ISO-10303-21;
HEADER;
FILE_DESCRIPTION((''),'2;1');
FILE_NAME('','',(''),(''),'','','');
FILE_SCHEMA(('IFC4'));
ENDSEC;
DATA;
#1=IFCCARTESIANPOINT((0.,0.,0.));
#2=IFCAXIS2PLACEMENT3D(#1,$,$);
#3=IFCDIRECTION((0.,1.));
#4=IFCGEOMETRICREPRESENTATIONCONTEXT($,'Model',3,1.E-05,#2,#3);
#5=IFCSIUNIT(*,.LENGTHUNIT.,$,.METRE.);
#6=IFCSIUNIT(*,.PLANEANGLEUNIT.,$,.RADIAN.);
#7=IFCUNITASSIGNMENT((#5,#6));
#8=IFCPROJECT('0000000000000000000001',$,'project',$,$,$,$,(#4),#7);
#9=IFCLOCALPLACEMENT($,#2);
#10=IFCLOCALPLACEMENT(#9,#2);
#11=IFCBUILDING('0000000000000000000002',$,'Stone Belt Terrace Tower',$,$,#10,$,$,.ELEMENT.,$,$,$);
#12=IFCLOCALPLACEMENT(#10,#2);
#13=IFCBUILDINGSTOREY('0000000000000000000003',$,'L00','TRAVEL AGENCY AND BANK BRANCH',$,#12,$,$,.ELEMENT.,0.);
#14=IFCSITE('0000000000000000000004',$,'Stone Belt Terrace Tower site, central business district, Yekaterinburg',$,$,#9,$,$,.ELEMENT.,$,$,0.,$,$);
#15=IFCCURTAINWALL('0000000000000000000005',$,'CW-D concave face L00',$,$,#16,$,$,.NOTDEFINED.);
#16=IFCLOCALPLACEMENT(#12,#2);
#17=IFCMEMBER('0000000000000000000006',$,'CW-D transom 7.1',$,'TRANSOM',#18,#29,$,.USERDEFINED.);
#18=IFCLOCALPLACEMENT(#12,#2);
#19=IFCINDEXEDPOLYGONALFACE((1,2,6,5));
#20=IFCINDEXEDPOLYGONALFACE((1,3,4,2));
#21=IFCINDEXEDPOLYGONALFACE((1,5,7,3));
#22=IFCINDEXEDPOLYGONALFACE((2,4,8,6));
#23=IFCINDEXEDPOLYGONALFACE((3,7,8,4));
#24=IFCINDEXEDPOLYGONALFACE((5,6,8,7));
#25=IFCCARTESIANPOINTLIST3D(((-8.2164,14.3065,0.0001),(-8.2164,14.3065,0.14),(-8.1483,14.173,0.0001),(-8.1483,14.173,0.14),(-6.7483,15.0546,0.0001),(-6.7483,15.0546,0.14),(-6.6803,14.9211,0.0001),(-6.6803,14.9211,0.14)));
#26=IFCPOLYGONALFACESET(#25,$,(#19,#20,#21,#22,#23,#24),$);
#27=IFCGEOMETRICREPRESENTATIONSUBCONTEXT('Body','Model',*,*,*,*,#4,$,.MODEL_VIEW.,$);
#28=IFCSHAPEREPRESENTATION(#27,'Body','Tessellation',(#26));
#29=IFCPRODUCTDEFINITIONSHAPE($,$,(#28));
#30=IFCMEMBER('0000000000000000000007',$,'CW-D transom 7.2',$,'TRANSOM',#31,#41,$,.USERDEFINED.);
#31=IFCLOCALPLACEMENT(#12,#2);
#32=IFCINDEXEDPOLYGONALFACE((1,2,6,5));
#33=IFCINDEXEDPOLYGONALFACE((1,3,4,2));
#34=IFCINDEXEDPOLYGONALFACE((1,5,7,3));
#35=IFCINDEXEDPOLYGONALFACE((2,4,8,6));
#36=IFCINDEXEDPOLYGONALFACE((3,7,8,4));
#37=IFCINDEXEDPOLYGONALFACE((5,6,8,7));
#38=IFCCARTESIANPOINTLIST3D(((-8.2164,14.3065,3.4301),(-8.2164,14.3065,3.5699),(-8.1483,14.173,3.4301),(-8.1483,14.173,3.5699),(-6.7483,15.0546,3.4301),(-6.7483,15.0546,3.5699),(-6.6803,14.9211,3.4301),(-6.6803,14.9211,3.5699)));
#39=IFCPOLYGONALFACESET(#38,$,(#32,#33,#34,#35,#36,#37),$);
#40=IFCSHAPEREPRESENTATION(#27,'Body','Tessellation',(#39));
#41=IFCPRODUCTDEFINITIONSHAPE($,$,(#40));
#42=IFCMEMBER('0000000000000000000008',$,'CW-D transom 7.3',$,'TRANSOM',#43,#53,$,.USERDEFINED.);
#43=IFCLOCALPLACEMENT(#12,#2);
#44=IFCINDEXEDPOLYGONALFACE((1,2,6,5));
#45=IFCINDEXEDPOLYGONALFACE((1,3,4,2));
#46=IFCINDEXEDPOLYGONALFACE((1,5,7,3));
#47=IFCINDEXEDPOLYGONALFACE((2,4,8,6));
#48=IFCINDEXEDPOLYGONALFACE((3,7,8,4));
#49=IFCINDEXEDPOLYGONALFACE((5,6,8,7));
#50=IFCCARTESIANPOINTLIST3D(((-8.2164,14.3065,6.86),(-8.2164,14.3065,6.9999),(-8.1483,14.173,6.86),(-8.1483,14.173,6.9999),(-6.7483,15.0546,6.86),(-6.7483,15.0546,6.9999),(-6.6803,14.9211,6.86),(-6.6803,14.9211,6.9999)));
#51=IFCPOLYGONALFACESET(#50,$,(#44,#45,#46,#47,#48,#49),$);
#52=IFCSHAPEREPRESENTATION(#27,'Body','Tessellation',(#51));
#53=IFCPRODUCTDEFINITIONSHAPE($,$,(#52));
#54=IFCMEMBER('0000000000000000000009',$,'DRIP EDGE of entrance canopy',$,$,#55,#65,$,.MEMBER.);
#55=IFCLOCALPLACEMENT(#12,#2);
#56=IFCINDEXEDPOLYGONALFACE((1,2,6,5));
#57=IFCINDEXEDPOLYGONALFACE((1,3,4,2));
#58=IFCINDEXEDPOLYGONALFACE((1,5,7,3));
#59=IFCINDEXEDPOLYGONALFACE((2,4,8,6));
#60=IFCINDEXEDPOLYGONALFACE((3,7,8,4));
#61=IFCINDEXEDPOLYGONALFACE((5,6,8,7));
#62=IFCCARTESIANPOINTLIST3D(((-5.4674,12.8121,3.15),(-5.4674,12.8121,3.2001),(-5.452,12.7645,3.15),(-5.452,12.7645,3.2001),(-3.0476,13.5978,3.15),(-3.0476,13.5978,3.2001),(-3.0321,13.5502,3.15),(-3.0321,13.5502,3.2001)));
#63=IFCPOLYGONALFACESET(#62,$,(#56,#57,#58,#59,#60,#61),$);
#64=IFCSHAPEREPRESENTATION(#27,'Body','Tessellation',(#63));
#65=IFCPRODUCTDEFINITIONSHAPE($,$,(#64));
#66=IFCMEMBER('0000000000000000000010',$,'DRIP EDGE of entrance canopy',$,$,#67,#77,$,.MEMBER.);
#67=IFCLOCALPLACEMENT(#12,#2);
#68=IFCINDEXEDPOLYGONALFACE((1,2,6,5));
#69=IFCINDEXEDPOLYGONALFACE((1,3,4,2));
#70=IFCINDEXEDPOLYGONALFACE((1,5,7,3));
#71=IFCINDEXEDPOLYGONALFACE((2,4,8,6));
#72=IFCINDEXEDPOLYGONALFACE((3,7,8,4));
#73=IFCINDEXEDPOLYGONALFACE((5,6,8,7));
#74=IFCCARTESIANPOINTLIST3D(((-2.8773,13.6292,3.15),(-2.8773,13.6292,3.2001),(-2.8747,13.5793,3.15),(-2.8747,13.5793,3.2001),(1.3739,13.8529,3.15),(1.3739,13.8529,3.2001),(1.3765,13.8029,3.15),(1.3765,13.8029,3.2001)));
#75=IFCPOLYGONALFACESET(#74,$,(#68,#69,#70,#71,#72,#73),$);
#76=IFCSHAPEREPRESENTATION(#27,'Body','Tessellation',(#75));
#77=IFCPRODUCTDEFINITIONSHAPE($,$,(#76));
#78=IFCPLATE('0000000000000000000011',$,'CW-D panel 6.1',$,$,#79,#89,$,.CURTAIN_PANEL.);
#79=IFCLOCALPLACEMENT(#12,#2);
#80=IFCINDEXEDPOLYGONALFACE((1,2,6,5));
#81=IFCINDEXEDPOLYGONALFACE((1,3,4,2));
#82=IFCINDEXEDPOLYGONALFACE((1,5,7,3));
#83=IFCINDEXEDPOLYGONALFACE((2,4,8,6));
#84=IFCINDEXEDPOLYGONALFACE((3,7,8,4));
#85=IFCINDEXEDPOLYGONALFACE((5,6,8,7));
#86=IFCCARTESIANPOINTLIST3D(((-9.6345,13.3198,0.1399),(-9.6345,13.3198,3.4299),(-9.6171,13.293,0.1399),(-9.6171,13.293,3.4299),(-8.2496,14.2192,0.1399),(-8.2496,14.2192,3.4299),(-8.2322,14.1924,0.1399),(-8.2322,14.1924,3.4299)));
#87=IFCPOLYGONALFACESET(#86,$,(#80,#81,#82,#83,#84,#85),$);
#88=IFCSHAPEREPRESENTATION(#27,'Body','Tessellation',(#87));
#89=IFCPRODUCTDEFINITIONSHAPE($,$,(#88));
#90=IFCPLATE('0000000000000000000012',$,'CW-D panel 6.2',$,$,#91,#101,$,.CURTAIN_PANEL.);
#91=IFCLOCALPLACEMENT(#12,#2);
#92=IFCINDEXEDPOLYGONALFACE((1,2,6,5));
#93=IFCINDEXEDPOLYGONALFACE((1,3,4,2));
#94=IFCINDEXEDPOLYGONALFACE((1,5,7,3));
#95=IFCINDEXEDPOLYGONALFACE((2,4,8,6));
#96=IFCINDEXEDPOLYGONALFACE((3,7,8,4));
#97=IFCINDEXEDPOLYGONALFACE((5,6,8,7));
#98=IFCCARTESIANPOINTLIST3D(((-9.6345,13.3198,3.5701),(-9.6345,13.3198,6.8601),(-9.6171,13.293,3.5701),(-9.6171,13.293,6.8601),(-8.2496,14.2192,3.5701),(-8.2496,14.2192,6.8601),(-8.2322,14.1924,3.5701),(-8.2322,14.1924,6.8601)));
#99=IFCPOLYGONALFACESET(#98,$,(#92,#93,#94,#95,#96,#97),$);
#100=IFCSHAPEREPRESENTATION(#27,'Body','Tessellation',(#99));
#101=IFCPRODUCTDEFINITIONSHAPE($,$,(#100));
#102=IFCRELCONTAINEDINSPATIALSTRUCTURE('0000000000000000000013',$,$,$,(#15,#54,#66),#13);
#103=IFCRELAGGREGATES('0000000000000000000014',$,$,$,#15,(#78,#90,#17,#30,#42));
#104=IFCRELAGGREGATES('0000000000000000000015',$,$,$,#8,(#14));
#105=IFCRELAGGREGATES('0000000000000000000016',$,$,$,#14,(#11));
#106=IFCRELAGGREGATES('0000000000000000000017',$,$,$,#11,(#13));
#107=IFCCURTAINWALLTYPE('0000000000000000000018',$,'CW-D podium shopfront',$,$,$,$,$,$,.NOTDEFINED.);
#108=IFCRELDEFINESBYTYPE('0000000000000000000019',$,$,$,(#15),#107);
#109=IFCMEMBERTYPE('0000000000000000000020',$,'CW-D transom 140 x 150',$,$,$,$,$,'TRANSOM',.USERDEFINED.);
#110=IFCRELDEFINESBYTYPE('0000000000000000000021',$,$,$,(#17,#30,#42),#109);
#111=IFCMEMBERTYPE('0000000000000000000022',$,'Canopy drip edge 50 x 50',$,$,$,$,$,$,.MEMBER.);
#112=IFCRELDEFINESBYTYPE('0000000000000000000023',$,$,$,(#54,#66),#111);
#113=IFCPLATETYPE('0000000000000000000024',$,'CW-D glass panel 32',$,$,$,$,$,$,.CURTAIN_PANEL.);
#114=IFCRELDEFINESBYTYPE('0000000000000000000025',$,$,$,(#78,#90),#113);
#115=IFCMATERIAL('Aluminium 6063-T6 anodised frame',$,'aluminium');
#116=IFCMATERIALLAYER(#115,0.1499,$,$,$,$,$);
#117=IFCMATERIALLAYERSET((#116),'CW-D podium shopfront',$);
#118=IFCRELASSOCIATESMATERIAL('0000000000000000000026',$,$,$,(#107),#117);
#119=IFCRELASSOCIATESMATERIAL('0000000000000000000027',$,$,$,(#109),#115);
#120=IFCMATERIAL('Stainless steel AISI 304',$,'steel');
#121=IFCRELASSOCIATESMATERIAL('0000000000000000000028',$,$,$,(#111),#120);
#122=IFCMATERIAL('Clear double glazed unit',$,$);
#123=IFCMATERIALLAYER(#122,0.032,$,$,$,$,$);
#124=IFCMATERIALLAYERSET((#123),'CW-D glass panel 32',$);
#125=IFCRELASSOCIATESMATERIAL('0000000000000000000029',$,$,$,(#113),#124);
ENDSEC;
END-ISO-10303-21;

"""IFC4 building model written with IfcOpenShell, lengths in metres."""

from ifc_helpers import new_model, si_unit, direction, frame, origin, origin_2d, place, context, subcontext, project, spatial, rectangle, extrude, material, layer, layer_set, material_profile, profile_set, type_object, element, aggregate, save


model = new_model("IFC4")

# Units and contexts
model_context = context("Model", 3, precision=1e-05, world=origin(), true_north=direction((0.0, 1.0)))
body_context = subcontext(model_context, "Body", "Model", "MODEL_VIEW")
ifc_project = project(units=[si_unit("LENGTHUNIT", "METRE"), si_unit("PLANEANGLEUNIT", "RADIAN")], contexts=[model_context])

# Site, building, storey
site_placement = place(None, origin())
site = spatial("IfcSite", under=ifc_project, at=site_placement, Name="Stone Belt Terrace Tower site, central business district, Yekaterinburg", CompositionType="ELEMENT", RefElevation=0.0)
building_placement = place(site_placement, origin())
building = spatial("IfcBuilding", under=site, at=building_placement, Name="Stone Belt Terrace Tower", CompositionType="ELEMENT")
storey_placement = place(building_placement, origin())
storey = spatial("IfcBuildingStorey", under=building, at=storey_placement, Name="L00", Description="TRAVEL AGENCY AND BANK BRANCH", CompositionType="ELEMENT", Elevation=0.0)

# Curtain wall, members
ifc_material_1 = material(Name="Aluminium 6063-T6 anodised frame", Category="aluminium")
ifc_layer_1 = layer(ifc_material_1, 0.1499)
ifc_layer_set_1 = layer_set([ifc_layer_1], Name="CW-D podium shopfront")
curtain_wall_type = type_object("IfcCurtainWallType", Name="CW-D podium shopfront", PredefinedType="NOTDEFINED", material=ifc_layer_set_1)
curtain_wall_placement = place(storey_placement, origin())
curtain_wall = element("IfcCurtainWall", 1, at=curtain_wall_placement, inside=storey, type_object=curtain_wall_type, Name="CW-D concave face L00", PredefinedType="NOTDEFINED")
ifc_material_profile_1 = material_profile(ifc_material_1, rectangle(XDim=0.1499, YDim=0.1399, at=origin_2d()), Name="Aluminium 6063-T6 150x140")
ifc_profile_set_1 = profile_set([ifc_material_profile_1], Name="Aluminium 6063-T6 anodised frame")
member_type_1 = type_object("IfcMemberType", Name="CW-D transom 140 x 150", ElementType="TRANSOM", PredefinedType="USERDEFINED", material=ifc_profile_set_1)
member_1_placement = place(storey_placement, frame((-8.1824, 14.2397, 0.0701), z_axis=(0.890993, 0.454017, 0.0), x_axis=(-0.454017, 0.890993, 0.0)))
member_1 = element("IfcMember", 2, at=member_1_placement, type_object=member_type_1, Name="CW-D transom 7.1", ObjectType="TRANSOM", PredefinedType="USERDEFINED", context=body_context, shape_type="SweptSolid", body=[
    extrude(rectangle(XDim=0.1499, YDim=0.1399, at=origin_2d()), origin(), (0.0, 0.0, 1.0), 1.6477),
])
member_2_placement = place(storey_placement, frame((-8.1824, 14.2397, 3.5), z_axis=(0.890993, 0.454017, 0.0), x_axis=(-0.454017, 0.890993, 0.0)))
member_2 = element("IfcMember", 3, at=member_2_placement, type_object=member_type_1, Name="CW-D transom 7.2", ObjectType="TRANSOM", PredefinedType="USERDEFINED", context=body_context, shape_type="SweptSolid", body=[
    extrude(rectangle(XDim=0.1499, YDim=0.1399, at=origin_2d()), origin(), (0.0, 0.0, 1.0), 1.6477),
])
member_3_placement = place(storey_placement, frame((-8.1824, 14.2397, 6.9299), z_axis=(0.890993, 0.454017, 0.0), x_axis=(-0.454017, 0.890993, 0.0)))
member_3 = element("IfcMember", 4, at=member_3_placement, type_object=member_type_1, Name="CW-D transom 7.3", ObjectType="TRANSOM", PredefinedType="USERDEFINED", context=body_context, shape_type="SweptSolid", body=[
    extrude(rectangle(XDim=0.1499, YDim=0.1399, at=origin_2d()), origin(), (0.0, 0.0, 1.0), 1.6477),
])

# Members
ifc_material_2 = material(Name="Stainless steel AISI 304", Category="steel")
ifc_material_profile_2 = material_profile(ifc_material_2, rectangle(XDim=0.05, YDim=0.05, at=origin_2d()), Name="Stainless steel AISI 304 50x50")
ifc_profile_set_2 = profile_set([ifc_material_profile_2], Name="Stainless steel AISI 304")
member_type_2 = type_object("IfcMemberType", Name="Canopy drip edge 50 x 50", PredefinedType="MEMBER", material=ifc_profile_set_2)
member_4_placement = place(storey_placement, frame((-5.4597, 12.7883, 3.175), z_axis=(0.95113, 0.308791, 0.0), x_axis=(-0.308791, 0.95113, 0.0)))
element("IfcMember", 5, at=member_4_placement, inside=storey, type_object=member_type_2, Name="DRIP EDGE of entrance canopy", PredefinedType="MEMBER", context=body_context, shape_type="SweptSolid", body=[
    extrude(rectangle(XDim=0.05, YDim=0.05, at=origin_2d()), origin(), (0.0, 0.0, 1.0), 2.5442),
])
member_5_placement = place(storey_placement, frame((-2.876, 13.6042, 3.175), z_axis=(0.998619, 0.052532, 0.0), x_axis=(-0.052532, 0.998619, 0.0)))
element("IfcMember", 6, at=member_5_placement, inside=storey, type_object=member_type_2, Name="DRIP EDGE of entrance canopy", PredefinedType="MEMBER", context=body_context, shape_type="SweptSolid", body=[
    extrude(rectangle(XDim=0.05, YDim=0.05, at=origin_2d()), origin(), (0.0, 0.0, 1.0), 4.2571),
])

# Plates
ifc_material_3 = material(Name="Clear double glazed unit")
ifc_layer_2 = layer(ifc_material_3, 0.032)
ifc_layer_set_2 = layer_set([ifc_layer_2], Name="CW-D glass panel 32")
plate_type = type_object("IfcPlateType", Name="CW-D glass panel 32", PredefinedType="CURTAIN_PANEL", material=ifc_layer_set_2)
plate_1_placement = place(storey_placement, frame((-8.9333, 13.7561, 0.1399), z_axis=(0.0, 0.0, 1.0), x_axis=(0.838671, 0.544639, 0.0)))
plate_1 = element("IfcPlate", 7, at=plate_1_placement, type_object=plate_type, Name="CW-D panel 6.1", PredefinedType="CURTAIN_PANEL", context=body_context, shape_type="SweptSolid", body=[
    extrude(rectangle(XDim=1.6514, YDim=0.032, at=origin_2d()), origin(), (0.0, 0.0, 1.0), 3.29),
])
plate_2_placement = place(storey_placement, frame((-8.9333, 13.7561, 3.5701), z_axis=(0.0, 0.0, 1.0), x_axis=(0.838671, 0.544639, 0.0)))
plate_2 = element("IfcPlate", 8, at=plate_2_placement, type_object=plate_type, Name="CW-D panel 6.2", PredefinedType="CURTAIN_PANEL", context=body_context, shape_type="SweptSolid", body=[
    extrude(rectangle(XDim=1.6514, YDim=0.032, at=origin_2d()), origin(), (0.0, 0.0, 1.0), 3.29),
])
aggregate(curtain_wall, [plate_1, plate_2, member_1, member_2, member_3])

save(model, "model.ifc")
